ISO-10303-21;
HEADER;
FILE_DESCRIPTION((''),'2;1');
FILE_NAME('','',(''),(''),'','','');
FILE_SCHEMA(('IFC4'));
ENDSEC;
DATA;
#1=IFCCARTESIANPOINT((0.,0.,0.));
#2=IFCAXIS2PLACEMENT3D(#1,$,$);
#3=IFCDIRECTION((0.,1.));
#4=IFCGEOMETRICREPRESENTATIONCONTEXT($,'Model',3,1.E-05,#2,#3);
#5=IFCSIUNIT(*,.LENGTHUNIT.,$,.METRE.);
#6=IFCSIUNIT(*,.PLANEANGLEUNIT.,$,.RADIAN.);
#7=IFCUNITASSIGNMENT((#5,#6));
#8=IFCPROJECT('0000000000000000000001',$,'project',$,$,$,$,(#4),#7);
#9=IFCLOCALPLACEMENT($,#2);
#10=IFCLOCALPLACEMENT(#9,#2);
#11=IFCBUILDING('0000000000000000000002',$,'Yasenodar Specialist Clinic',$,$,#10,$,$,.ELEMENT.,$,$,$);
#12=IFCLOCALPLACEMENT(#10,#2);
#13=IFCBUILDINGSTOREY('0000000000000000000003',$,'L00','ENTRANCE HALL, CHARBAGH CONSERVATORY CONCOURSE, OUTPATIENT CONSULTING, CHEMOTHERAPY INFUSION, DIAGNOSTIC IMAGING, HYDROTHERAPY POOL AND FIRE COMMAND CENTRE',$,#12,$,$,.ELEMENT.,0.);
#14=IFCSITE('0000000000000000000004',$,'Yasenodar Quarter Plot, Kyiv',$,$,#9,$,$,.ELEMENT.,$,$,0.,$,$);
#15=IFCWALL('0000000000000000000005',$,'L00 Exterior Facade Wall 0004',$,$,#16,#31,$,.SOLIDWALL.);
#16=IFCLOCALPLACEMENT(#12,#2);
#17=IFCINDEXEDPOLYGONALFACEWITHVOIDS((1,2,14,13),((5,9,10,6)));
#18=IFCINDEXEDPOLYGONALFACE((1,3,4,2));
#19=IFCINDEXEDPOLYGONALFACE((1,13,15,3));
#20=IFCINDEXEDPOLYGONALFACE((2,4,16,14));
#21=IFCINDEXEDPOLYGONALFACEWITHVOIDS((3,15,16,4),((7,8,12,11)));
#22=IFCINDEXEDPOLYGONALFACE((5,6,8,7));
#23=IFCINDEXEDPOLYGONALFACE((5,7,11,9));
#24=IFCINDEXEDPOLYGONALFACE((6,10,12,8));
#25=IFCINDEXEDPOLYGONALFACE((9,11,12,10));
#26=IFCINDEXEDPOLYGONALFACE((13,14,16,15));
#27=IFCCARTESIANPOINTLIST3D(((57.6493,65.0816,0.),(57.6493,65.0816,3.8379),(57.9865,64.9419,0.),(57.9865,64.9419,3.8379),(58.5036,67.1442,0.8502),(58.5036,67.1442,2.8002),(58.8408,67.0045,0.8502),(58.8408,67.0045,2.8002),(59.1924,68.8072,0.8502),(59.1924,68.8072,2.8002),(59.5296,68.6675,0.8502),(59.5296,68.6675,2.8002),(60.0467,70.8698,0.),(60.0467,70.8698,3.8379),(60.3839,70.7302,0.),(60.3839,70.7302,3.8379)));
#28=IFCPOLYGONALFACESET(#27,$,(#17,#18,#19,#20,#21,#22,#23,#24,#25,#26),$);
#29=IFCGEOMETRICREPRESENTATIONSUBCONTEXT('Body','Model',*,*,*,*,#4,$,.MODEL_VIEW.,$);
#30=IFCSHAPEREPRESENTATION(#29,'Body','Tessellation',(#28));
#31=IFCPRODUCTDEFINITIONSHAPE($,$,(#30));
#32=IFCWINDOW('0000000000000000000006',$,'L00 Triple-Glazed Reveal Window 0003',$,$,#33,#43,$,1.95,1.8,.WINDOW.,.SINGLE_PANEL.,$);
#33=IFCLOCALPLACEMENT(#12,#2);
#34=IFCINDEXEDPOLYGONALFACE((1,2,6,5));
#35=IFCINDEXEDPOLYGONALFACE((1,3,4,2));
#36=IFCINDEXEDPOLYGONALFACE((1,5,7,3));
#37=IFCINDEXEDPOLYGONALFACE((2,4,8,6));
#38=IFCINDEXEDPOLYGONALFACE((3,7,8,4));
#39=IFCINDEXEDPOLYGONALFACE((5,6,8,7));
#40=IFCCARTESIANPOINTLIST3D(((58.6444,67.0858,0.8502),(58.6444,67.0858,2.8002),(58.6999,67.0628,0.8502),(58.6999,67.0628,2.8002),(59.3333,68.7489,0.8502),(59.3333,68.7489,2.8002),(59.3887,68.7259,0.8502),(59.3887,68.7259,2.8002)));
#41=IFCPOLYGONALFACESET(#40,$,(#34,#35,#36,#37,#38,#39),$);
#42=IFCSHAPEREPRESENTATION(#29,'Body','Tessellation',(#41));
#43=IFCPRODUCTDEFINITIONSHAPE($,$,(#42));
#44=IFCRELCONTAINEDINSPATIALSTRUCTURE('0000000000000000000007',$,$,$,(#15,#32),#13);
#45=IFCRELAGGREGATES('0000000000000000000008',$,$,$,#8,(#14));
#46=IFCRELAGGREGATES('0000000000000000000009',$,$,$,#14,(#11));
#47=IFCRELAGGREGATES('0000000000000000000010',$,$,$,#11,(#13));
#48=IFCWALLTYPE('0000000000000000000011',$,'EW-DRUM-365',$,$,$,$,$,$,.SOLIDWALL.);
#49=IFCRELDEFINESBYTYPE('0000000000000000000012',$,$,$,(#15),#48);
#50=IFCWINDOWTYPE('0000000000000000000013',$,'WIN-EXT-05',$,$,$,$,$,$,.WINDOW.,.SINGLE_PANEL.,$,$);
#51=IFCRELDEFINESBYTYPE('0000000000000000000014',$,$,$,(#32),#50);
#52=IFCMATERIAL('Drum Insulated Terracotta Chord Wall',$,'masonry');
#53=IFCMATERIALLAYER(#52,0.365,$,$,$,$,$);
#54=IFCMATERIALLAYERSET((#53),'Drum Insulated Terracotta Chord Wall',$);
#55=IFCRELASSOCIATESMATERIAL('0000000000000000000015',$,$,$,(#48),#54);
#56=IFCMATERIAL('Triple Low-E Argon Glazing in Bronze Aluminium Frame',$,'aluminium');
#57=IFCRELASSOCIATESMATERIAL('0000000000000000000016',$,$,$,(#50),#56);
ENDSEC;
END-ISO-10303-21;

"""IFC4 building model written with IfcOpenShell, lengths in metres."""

from ifc_helpers import new_model, si_unit, direction, frame, frame_2d, origin, place, context, subcontext, project, spatial, rectangle, extrude, material, layer, layer_set, type_object, element, fill, save


model = new_model("IFC4")

# Units and contexts
model_context = context("Model", 3, precision=1e-05, world=origin(), true_north=direction((0.0, 1.0)))
body_context = subcontext(model_context, "Body", "Model", "MODEL_VIEW")
ifc_project = project(units=[si_unit("LENGTHUNIT", "METRE"), si_unit("PLANEANGLEUNIT", "RADIAN")], contexts=[model_context])

# Site, building, storey
site_placement = place(None, origin())
site = spatial("IfcSite", under=ifc_project, at=site_placement, Name="Yasenodar Quarter Plot, Kyiv", CompositionType="ELEMENT", RefElevation=0.0)
building_placement = place(site_placement, origin())
building = spatial("IfcBuilding", under=site, at=building_placement, Name="Yasenodar Specialist Clinic", CompositionType="ELEMENT")
storey_placement = place(building_placement, origin())
storey = spatial("IfcBuildingStorey", under=building, at=storey_placement, Name="L00", Description="ENTRANCE HALL, CHARBAGH CONSERVATORY CONCOURSE, OUTPATIENT CONSULTING, CHEMOTHERAPY INFUSION, DIAGNOSTIC IMAGING, HYDROTHERAPY POOL AND FIRE COMMAND CENTRE", CompositionType="ELEMENT", Elevation=0.0)

# Wall, opening, window
ifc_material_1 = material(Name="Drum Insulated Terracotta Chord Wall", Category="masonry")
ifc_layer_1 = layer(ifc_material_1, 0.365)
ifc_layer_set_1 = layer_set([ifc_layer_1], Name="Drum Insulated Terracotta Chord Wall")
wall_type = type_object("IfcWallType", Name="EW-DRUM-365", PredefinedType="SOLIDWALL", material=ifc_layer_set_1)
wall_placement = place(storey_placement, frame((57.8179, 65.0117, 0.0), z_axis=(0.0, 0.0, 1.0), x_axis=(0.382664, 0.923888, 0.0)))
wall = element("IfcWall", 1, at=wall_placement, inside=storey, type_object=wall_type, Name="L00 Exterior Facade Wall 0004", PredefinedType="SOLIDWALL", context=body_context, shape_type="SweptSolid", body=[
    extrude(rectangle(XDim=6.2651, YDim=0.365, at=frame_2d((3.1326, 0.0))), origin(), (0.0, 0.0, 1.0), 3.8379),
])
opening_placement = place(wall_placement, frame((2.2327, 0.0, 0.8501)))
opening = element("IfcOpeningElement", 2, at=opening_placement, cuts=wall, PredefinedType="OPENING", context=body_context, shape_type="SweptSolid", body=[
    extrude(rectangle(XDim=1.8, YDim=1.95, at=frame_2d((0.8999, 0.9751))), frame((0.0, 0.1924, 0.0), z_axis=(0.0, -1.0, 0.0), x_axis=(1.0, 0.0, 0.0)), (0.0, 0.0, 1.0), 0.385),
])
ifc_material_2 = material(Name="Triple Low-E Argon Glazing in Bronze Aluminium Frame", Category="aluminium")
window_type = type_object("IfcWindowType", Name="WIN-EXT-05", PartitioningType="SINGLE_PANEL", PredefinedType="WINDOW", material=ifc_material_2)
window_placement = place(opening_placement, origin())
window = element("IfcWindow", 3, at=window_placement, inside=storey, type_object=window_type, Name="L00 Triple-Glazed Reveal Window 0003", OverallHeight=1.95, OverallWidth=1.8, PartitioningType="SINGLE_PANEL", PredefinedType="WINDOW", context=body_context, shape_type="SweptSolid", body=[
    extrude(rectangle(XDim=1.8, YDim=1.95, at=frame_2d((0.8999, 0.9751))), frame((0.0, 0.03, 0.0), z_axis=(0.0, -1.0, 0.0), x_axis=(1.0, 0.0, 0.0)), (0.0, 0.0, 1.0), 0.0601),
])
fill(opening, window)

save(model, "model.ifc")
